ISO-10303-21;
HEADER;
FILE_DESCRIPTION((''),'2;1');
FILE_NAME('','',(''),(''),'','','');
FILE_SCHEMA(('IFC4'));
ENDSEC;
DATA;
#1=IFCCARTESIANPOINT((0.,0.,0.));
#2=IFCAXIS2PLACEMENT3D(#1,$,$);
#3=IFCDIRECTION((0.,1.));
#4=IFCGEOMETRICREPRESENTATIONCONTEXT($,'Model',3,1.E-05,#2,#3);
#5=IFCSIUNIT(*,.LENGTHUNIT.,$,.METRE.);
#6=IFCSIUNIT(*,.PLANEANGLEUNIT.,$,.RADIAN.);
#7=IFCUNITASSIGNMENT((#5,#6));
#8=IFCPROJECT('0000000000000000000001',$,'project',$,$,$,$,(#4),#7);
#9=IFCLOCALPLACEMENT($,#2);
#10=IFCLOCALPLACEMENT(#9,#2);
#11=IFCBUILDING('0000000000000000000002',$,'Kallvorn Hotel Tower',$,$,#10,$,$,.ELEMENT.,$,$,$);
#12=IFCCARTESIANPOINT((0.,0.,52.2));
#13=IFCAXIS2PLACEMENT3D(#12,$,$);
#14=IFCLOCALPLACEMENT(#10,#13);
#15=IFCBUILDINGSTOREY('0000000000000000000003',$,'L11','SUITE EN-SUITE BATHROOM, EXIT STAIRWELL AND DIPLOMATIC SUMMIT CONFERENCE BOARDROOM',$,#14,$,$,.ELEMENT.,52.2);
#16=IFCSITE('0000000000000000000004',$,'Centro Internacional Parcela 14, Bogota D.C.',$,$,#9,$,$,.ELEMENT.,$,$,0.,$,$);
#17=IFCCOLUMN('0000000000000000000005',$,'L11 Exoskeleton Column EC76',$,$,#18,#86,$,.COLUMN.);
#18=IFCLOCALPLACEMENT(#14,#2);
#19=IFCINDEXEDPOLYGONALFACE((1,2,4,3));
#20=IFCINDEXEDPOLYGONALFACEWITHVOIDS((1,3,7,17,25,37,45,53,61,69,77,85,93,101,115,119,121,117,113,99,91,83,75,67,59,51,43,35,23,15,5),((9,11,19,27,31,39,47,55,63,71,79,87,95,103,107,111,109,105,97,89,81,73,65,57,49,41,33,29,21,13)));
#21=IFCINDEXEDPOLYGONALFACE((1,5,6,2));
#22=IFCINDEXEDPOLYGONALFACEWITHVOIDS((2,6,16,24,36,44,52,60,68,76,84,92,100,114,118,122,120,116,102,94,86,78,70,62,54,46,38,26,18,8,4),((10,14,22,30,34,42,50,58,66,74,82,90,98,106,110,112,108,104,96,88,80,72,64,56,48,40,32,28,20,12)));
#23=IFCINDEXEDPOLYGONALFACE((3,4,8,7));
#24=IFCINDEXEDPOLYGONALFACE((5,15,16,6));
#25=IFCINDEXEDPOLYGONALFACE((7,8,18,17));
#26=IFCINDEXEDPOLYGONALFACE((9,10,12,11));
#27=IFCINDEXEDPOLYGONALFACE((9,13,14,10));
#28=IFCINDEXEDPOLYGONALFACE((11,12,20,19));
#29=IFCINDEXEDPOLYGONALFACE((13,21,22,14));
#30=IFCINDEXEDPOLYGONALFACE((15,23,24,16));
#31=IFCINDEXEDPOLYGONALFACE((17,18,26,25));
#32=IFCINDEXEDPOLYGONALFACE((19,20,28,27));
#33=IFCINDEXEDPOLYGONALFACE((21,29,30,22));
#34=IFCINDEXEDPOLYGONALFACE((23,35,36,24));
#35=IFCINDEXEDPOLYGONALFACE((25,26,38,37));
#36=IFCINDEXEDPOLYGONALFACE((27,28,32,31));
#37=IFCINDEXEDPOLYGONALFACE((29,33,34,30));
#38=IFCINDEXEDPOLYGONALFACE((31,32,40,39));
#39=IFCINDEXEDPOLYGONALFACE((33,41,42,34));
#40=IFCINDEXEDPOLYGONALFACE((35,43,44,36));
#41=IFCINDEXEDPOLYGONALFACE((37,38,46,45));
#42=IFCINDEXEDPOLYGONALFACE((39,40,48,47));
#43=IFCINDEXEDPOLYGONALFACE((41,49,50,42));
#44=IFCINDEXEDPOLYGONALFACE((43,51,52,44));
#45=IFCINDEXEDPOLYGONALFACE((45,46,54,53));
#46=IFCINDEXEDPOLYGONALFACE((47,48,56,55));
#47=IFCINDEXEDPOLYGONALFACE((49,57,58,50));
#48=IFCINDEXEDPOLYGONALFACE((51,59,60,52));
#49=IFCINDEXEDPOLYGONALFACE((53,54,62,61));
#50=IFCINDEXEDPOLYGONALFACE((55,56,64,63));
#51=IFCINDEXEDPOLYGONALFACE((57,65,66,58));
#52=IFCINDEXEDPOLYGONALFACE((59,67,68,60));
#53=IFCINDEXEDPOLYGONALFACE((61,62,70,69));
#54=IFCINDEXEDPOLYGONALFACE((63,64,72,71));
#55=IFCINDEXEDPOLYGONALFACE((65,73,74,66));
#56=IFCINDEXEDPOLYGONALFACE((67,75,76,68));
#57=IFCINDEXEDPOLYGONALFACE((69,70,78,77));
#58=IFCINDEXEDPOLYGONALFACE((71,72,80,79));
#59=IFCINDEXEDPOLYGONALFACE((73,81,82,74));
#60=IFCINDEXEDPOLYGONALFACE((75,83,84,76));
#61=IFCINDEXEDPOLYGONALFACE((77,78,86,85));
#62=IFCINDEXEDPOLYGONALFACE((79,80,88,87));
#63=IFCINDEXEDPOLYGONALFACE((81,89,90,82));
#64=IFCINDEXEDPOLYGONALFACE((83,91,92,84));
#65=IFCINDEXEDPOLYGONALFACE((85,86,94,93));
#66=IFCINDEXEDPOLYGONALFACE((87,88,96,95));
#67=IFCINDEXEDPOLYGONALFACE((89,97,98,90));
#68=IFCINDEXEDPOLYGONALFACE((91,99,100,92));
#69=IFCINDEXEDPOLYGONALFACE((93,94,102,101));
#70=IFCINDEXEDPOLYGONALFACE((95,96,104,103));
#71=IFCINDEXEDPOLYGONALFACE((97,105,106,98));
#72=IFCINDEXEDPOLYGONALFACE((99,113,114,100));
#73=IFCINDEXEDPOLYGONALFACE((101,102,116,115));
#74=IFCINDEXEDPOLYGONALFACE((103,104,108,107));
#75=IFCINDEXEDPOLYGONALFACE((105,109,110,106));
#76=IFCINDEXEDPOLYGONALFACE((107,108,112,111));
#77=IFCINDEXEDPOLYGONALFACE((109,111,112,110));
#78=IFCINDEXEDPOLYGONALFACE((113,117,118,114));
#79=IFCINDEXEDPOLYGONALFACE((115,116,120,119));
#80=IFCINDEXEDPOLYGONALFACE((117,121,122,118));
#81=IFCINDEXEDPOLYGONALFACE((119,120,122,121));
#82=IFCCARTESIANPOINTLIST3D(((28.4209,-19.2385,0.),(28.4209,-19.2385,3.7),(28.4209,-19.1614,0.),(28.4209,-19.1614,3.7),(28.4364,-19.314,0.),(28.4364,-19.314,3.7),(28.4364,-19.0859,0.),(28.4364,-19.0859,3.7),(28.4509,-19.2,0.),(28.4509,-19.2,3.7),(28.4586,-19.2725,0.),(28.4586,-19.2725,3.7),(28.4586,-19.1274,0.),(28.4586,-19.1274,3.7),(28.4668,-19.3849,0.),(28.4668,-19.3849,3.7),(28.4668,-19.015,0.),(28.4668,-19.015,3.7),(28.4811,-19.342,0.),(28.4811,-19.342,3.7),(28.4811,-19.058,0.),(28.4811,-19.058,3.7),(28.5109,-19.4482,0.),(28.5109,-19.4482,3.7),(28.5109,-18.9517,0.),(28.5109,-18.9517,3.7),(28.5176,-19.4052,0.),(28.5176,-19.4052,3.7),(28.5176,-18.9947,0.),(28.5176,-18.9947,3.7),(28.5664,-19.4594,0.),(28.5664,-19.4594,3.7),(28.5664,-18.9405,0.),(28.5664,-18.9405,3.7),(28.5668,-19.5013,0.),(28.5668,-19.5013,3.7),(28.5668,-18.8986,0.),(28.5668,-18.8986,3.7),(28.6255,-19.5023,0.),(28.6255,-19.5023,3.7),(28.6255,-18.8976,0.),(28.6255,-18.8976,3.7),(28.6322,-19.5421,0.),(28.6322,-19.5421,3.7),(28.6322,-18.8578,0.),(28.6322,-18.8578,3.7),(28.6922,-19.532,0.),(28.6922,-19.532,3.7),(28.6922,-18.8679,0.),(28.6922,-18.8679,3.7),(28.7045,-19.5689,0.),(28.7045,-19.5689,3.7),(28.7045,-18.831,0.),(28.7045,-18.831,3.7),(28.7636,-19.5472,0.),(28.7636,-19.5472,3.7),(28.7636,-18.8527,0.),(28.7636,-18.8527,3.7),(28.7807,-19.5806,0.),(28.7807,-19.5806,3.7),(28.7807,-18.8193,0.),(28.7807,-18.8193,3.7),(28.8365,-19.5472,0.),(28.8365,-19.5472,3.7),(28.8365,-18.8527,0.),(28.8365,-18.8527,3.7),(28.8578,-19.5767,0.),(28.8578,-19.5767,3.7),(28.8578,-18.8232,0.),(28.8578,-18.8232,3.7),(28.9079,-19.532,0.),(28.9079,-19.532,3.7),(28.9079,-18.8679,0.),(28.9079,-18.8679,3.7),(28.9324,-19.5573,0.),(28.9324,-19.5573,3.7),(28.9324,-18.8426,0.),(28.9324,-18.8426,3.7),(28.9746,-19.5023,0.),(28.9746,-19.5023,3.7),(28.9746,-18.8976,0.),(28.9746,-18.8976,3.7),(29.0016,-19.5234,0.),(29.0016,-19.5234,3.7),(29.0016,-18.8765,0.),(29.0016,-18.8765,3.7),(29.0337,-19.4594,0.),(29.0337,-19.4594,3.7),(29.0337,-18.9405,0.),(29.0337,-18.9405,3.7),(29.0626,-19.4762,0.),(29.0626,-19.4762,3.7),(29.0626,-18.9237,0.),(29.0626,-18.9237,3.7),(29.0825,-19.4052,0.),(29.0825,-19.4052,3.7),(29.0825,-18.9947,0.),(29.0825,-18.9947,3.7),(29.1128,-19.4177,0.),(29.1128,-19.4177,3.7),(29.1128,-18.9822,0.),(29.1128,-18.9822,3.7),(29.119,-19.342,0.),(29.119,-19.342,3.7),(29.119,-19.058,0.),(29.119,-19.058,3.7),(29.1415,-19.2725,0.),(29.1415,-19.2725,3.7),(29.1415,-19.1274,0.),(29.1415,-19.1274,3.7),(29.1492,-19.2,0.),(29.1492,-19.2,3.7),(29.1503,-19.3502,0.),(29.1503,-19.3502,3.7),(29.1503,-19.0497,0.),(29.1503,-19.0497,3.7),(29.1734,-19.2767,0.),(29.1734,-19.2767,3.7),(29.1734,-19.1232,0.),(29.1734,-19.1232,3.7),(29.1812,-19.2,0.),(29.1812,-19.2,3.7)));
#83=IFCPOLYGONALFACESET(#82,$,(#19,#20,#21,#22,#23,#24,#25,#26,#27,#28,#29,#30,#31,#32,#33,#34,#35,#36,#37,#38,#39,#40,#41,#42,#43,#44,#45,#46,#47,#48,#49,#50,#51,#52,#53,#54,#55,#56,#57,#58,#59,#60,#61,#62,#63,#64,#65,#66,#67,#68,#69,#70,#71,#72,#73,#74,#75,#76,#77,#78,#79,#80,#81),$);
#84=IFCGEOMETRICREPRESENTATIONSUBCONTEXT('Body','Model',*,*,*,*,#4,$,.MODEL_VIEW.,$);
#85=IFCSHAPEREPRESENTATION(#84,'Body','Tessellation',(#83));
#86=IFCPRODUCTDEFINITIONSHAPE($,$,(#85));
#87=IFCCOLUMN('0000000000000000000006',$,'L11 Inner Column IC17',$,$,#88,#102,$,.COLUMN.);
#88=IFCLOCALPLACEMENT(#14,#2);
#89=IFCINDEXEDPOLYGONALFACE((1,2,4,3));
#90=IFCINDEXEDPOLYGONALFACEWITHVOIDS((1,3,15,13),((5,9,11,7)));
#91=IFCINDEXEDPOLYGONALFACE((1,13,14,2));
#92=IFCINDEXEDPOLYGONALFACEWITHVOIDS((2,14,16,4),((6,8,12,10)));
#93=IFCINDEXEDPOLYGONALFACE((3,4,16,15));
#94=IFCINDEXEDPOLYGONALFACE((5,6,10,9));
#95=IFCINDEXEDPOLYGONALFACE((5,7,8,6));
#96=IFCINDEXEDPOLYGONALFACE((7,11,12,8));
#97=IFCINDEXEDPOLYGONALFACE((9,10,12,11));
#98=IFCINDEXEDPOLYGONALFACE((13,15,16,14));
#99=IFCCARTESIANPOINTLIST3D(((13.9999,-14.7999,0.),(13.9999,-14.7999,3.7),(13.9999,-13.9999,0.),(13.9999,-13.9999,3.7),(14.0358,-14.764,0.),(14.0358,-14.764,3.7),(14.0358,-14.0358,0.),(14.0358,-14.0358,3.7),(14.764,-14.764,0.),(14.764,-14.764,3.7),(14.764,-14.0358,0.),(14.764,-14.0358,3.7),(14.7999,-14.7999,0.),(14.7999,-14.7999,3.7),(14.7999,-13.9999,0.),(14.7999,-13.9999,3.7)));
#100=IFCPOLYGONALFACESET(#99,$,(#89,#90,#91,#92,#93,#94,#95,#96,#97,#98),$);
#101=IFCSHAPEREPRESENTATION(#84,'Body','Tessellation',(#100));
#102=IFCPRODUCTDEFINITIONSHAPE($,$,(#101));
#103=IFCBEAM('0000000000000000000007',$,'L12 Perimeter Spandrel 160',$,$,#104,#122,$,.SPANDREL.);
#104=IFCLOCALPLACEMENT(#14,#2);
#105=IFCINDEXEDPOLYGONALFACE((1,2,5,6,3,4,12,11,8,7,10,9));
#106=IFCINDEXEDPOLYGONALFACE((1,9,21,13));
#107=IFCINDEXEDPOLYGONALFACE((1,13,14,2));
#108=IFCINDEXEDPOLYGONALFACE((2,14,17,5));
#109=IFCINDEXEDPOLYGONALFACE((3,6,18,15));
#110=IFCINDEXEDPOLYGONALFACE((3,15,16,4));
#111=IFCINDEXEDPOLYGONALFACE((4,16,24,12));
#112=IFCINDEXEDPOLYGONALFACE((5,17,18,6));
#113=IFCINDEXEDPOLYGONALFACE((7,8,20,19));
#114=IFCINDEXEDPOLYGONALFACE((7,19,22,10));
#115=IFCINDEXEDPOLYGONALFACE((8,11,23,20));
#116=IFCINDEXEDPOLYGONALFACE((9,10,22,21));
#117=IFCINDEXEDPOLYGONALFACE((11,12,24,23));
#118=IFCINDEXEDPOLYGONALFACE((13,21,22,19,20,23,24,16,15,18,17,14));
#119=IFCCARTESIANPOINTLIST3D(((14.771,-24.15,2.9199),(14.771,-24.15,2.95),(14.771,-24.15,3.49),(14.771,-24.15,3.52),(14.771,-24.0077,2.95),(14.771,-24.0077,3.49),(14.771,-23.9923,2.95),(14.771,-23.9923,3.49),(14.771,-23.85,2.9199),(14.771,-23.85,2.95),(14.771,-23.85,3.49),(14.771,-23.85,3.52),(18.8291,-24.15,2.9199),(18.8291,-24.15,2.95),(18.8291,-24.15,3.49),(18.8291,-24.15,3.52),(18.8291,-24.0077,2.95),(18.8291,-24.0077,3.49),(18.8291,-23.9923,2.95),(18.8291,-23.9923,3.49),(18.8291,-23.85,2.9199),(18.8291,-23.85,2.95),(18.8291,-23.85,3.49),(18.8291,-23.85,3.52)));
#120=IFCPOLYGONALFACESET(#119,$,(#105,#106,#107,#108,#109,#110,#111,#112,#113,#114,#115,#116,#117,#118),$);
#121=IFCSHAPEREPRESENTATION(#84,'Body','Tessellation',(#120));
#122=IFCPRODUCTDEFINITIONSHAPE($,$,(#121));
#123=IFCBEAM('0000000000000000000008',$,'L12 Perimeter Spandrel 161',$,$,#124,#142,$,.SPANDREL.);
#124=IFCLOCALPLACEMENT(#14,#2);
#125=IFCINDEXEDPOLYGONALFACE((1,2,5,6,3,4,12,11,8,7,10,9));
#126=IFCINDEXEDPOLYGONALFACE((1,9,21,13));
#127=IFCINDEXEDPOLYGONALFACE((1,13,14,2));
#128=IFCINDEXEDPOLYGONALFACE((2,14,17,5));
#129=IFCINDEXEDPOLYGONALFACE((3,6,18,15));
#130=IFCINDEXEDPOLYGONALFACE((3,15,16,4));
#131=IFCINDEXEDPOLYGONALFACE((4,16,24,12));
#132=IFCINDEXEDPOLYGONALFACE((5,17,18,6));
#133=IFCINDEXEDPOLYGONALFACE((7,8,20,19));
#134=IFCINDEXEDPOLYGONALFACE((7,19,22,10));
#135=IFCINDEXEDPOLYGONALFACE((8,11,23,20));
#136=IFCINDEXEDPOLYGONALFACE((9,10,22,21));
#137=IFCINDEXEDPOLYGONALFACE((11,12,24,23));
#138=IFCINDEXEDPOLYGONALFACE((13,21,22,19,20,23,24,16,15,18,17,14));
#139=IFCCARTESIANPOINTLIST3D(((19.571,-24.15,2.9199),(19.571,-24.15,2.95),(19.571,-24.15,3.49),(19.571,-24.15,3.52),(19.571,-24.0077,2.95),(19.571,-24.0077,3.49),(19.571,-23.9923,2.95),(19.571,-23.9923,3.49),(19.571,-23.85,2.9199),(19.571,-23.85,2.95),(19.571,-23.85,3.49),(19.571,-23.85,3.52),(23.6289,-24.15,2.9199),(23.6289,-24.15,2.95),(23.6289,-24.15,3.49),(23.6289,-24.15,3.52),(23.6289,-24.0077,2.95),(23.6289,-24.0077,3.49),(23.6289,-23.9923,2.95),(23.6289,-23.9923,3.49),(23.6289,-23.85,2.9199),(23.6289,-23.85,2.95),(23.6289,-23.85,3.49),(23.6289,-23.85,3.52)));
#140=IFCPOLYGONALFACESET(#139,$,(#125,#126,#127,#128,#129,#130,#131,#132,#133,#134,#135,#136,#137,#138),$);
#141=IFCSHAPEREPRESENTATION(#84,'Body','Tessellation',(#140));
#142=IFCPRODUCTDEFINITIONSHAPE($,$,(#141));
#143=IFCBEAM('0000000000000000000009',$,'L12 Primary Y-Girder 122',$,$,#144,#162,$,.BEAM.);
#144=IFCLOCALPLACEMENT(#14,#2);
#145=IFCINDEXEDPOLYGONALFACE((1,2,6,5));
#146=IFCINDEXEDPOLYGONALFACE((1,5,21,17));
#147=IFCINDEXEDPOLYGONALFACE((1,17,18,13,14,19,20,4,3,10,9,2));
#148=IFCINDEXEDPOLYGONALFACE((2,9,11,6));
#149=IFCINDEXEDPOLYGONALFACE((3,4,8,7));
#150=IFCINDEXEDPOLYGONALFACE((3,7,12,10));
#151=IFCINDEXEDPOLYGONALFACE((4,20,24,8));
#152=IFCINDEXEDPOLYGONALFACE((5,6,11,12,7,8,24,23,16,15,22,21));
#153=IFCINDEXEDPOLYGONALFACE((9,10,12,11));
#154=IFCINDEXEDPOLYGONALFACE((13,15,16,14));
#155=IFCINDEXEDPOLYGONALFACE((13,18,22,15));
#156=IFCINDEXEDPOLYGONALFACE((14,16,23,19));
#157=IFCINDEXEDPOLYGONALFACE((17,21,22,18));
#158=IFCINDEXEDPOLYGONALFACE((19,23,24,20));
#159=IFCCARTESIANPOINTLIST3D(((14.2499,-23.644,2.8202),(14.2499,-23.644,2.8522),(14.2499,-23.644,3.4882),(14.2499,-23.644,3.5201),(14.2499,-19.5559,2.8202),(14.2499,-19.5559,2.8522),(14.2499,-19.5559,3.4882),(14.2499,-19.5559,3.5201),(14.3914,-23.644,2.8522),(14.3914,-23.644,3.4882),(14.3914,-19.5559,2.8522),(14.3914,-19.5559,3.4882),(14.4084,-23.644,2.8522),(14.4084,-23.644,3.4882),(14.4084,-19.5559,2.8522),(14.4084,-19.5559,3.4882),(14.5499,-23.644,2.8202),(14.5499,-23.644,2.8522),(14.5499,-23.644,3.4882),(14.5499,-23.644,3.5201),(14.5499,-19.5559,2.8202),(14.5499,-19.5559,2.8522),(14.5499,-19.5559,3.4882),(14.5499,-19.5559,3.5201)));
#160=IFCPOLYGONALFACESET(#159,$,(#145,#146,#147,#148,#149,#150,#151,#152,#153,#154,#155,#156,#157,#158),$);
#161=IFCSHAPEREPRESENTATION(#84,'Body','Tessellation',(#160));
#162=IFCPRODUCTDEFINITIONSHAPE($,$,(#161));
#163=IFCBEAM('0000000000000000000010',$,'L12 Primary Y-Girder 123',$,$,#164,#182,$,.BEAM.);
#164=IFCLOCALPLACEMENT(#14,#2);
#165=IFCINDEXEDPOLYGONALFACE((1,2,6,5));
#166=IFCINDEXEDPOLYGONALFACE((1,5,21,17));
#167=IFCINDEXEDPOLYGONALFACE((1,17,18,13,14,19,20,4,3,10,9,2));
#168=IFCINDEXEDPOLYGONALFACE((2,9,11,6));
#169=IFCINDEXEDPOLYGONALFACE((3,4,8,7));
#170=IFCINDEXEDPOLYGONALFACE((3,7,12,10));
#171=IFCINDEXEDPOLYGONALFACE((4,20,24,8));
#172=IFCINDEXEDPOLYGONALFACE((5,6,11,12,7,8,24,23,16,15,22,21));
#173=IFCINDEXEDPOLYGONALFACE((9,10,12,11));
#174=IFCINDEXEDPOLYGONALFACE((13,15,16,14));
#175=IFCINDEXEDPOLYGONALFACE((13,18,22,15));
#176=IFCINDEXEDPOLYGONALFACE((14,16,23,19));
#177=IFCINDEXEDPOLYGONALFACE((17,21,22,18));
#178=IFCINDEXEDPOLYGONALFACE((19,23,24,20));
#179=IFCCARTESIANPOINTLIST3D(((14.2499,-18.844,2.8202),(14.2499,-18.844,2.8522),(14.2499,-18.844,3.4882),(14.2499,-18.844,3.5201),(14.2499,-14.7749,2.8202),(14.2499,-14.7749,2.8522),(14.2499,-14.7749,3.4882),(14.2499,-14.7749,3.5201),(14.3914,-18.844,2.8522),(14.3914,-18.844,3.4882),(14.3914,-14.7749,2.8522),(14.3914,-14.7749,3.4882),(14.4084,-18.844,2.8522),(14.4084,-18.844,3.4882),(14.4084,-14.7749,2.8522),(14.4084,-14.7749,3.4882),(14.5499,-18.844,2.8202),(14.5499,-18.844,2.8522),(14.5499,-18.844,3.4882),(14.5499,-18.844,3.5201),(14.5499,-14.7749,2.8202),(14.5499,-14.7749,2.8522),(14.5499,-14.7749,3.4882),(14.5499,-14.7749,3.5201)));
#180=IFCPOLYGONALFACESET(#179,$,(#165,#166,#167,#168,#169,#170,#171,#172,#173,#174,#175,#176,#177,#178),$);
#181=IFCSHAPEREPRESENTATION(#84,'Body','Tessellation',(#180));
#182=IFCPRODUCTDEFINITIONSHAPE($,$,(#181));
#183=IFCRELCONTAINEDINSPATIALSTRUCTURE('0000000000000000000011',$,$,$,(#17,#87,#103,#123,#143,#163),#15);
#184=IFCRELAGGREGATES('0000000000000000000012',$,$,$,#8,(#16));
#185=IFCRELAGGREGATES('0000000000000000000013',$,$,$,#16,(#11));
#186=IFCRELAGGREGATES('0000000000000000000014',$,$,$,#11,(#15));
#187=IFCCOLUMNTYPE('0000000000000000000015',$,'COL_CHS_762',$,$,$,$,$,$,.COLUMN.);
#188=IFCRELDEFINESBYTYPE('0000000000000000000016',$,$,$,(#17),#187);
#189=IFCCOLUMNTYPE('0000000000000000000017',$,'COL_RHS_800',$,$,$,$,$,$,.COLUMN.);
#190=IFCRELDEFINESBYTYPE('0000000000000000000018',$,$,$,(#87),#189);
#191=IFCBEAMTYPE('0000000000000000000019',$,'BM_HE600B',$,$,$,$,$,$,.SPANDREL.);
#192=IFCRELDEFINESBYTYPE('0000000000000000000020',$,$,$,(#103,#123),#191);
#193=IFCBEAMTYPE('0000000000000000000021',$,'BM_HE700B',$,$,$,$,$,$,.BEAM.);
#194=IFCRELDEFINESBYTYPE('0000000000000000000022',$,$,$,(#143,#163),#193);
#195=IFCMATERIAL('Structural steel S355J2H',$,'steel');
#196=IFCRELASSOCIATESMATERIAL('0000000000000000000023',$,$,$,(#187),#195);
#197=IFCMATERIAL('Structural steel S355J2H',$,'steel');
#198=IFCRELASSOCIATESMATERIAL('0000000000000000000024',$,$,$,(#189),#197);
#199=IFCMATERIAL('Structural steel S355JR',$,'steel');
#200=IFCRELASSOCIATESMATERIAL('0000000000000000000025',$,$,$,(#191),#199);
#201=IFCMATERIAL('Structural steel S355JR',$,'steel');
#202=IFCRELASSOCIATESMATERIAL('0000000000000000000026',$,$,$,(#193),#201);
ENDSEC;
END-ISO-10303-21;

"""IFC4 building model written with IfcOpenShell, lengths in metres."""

from ifc_helpers import new_model, si_unit, direction, frame, origin, origin_2d, place, context, subcontext, project, spatial, hollow_rectangle, hollow_circle, i_section, extrude, material, material_profile, profile_set, type_object, element, save


model = new_model("IFC4")

# Units and contexts
model_context = context("Model", 3, precision=1e-05, world=origin(), true_north=direction((0.0, 1.0)))
body_context = subcontext(model_context, "Body", "Model", "MODEL_VIEW")
ifc_project = project(units=[si_unit("LENGTHUNIT", "METRE"), si_unit("PLANEANGLEUNIT", "RADIAN")], contexts=[model_context])

# Site, building, storey
site_placement = place(None, origin())
site = spatial("IfcSite", under=ifc_project, at=site_placement, Name="Centro Internacional Parcela 14, Bogota D.C.", CompositionType="ELEMENT", RefElevation=0.0)
building_placement = place(site_placement, origin())
building = spatial("IfcBuilding", under=site, at=building_placement, Name="Kallvorn Hotel Tower", CompositionType="ELEMENT")
storey_placement = place(building_placement, frame((0.0, 0.0, 52.2)))
storey = spatial("IfcBuildingStorey", under=building, at=storey_placement, Name="L11", Description="SUITE EN-SUITE BATHROOM, EXIT STAIRWELL AND DIPLOMATIC SUMMIT CONFERENCE BOARDROOM", CompositionType="ELEMENT", Elevation=52.2)

# Columns
ifc_material_1 = material(Name="Structural steel S355J2H", Category="steel")
ifc_material_profile_1 = material_profile(ifc_material_1, hollow_circle(Radius=0.3811, WallThickness=0.032, at=origin_2d()), Name="CHS 762x32")
ifc_profile_set_1 = profile_set([ifc_material_profile_1], Name="Structural steel S355J2H")
column_type_1 = type_object("IfcColumnType", Name="COL_CHS_762", PredefinedType="COLUMN", material=ifc_profile_set_1)
for number, where, z_axis, x_axis, name in (
    (1, (28.8, -19.2, 0.0), (0.0, 0.0, 1.0), (1.0, 0.0, 0.0), "L11 Exoskeleton Column EC76"),
):
    element("IfcColumn", number, at=place(storey_placement, frame(where, z_axis=z_axis, x_axis=x_axis)), inside=storey, type_object=column_type_1, Name=name, PredefinedType="COLUMN", context=body_context, shape_type="SweptSolid", body=[
        extrude(hollow_circle(Radius=0.3811, WallThickness=0.032, at=origin_2d()), origin(), (0.0, 0.0, 1.0), 3.7),
    ])
ifc_material_2 = material(Name="Structural steel S355J2H", Category="steel")
ifc_material_profile_2 = material_profile(ifc_material_2, hollow_rectangle(XDim=0.8, YDim=0.8, WallThickness=0.0359, at=origin_2d()), Name="RHS 800x800x36")
ifc_profile_set_2 = profile_set([ifc_material_profile_2], Name="Structural steel S355J2H")
column_type_2 = type_object("IfcColumnType", Name="COL_RHS_800", PredefinedType="COLUMN", material=ifc_profile_set_2)
column_placement = place(storey_placement, frame((14.3999, -14.3999, 0.0), z_axis=(0.0, 0.0, 1.0), x_axis=(1.0, 0.0, 0.0)))
element("IfcColumn", 2, at=column_placement, inside=storey, type_object=column_type_2, Name="L11 Inner Column IC17", PredefinedType="COLUMN", context=body_context, shape_type="SweptSolid", body=[
    extrude(hollow_rectangle(XDim=0.8, YDim=0.8, WallThickness=0.0359, at=origin_2d()), origin(), (0.0, 0.0, 1.0), 3.7),
])

# Beams
ifc_material_3 = material(Name="Structural steel S355JR", Category="steel")
ifc_material_profile_3 = material_profile(ifc_material_3, i_section(OverallWidth=0.3, OverallDepth=0.6001, WebThickness=0.0154, FlangeThickness=0.03, at=origin_2d()), Name="HE 600 B")
ifc_profile_set_3 = profile_set([ifc_material_profile_3], Name="Structural steel S355JR")
beam_type_1 = type_object("IfcBeamType", Name="BM_HE600B", PredefinedType="SPANDREL", material=ifc_profile_set_3)
beam_1_placement = place(storey_placement, frame((14.771, -24.0, 3.22), z_axis=(1.0, 0.0, 0.0), x_axis=(0.0, 1.0, 0.0)))
element("IfcBeam", 3, at=beam_1_placement, inside=storey, type_object=beam_type_1, Name="L12 Perimeter Spandrel 160", PredefinedType="SPANDREL", context=body_context, shape_type="SweptSolid", body=[
    extrude(i_section(OverallWidth=0.3, OverallDepth=0.6001, WebThickness=0.0154, FlangeThickness=0.03, at=origin_2d()), origin(), (0.0, 0.0, 1.0), 4.0581),
])
beam_2_placement = place(storey_placement, frame((19.571, -24.0, 3.22), z_axis=(1.0, 0.0, 0.0), x_axis=(0.0, 1.0, 0.0)))
element("IfcBeam", 4, at=beam_2_placement, inside=storey, type_object=beam_type_1, Name="L12 Perimeter Spandrel 161", PredefinedType="SPANDREL", context=body_context, shape_type="SweptSolid", body=[
    extrude(i_section(OverallWidth=0.3, OverallDepth=0.6001, WebThickness=0.0154, FlangeThickness=0.03, at=origin_2d()), origin(), (0.0, 0.0, 1.0), 4.0579),
])
ifc_material_4 = material(Name="Structural steel S355JR", Category="steel")
ifc_material_profile_4 = material_profile(ifc_material_4, i_section(OverallWidth=0.3, OverallDepth=0.7, WebThickness=0.0171, FlangeThickness=0.032, at=origin_2d()), Name="HE 700 B")
ifc_profile_set_4 = profile_set([ifc_material_profile_4], Name="Structural steel S355JR")
beam_type_2 = type_object("IfcBeamType", Name="BM_HE700B", PredefinedType="BEAM", material=ifc_profile_set_4)
beam_3_placement = place(storey_placement, frame((14.3999, -23.644, 3.1702), z_axis=(0.0, 1.0, 0.0), x_axis=(-1.0, 0.0, 0.0)))
element("IfcBeam", 5, at=beam_3_placement, inside=storey, type_object=beam_type_2, Name="L12 Primary Y-Girder 122", PredefinedType="BEAM", context=body_context, shape_type="SweptSolid", body=[
    extrude(i_section(OverallWidth=0.3, OverallDepth=0.7, WebThickness=0.0171, FlangeThickness=0.032, at=origin_2d()), origin(), (0.0, 0.0, 1.0), 4.0881),
])
beam_4_placement = place(storey_placement, frame((14.3999, -18.844, 3.1702), z_axis=(0.0, 1.0, 0.0), x_axis=(-1.0, 0.0, 0.0)))
element("IfcBeam", 6, at=beam_4_placement, inside=storey, type_object=beam_type_2, Name="L12 Primary Y-Girder 123", PredefinedType="BEAM", context=body_context, shape_type="SweptSolid", body=[
    extrude(i_section(OverallWidth=0.3, OverallDepth=0.7, WebThickness=0.0171, FlangeThickness=0.032, at=origin_2d()), origin(), (0.0, 0.0, 1.0), 4.0691),
])

save(model, "model.ifc")
